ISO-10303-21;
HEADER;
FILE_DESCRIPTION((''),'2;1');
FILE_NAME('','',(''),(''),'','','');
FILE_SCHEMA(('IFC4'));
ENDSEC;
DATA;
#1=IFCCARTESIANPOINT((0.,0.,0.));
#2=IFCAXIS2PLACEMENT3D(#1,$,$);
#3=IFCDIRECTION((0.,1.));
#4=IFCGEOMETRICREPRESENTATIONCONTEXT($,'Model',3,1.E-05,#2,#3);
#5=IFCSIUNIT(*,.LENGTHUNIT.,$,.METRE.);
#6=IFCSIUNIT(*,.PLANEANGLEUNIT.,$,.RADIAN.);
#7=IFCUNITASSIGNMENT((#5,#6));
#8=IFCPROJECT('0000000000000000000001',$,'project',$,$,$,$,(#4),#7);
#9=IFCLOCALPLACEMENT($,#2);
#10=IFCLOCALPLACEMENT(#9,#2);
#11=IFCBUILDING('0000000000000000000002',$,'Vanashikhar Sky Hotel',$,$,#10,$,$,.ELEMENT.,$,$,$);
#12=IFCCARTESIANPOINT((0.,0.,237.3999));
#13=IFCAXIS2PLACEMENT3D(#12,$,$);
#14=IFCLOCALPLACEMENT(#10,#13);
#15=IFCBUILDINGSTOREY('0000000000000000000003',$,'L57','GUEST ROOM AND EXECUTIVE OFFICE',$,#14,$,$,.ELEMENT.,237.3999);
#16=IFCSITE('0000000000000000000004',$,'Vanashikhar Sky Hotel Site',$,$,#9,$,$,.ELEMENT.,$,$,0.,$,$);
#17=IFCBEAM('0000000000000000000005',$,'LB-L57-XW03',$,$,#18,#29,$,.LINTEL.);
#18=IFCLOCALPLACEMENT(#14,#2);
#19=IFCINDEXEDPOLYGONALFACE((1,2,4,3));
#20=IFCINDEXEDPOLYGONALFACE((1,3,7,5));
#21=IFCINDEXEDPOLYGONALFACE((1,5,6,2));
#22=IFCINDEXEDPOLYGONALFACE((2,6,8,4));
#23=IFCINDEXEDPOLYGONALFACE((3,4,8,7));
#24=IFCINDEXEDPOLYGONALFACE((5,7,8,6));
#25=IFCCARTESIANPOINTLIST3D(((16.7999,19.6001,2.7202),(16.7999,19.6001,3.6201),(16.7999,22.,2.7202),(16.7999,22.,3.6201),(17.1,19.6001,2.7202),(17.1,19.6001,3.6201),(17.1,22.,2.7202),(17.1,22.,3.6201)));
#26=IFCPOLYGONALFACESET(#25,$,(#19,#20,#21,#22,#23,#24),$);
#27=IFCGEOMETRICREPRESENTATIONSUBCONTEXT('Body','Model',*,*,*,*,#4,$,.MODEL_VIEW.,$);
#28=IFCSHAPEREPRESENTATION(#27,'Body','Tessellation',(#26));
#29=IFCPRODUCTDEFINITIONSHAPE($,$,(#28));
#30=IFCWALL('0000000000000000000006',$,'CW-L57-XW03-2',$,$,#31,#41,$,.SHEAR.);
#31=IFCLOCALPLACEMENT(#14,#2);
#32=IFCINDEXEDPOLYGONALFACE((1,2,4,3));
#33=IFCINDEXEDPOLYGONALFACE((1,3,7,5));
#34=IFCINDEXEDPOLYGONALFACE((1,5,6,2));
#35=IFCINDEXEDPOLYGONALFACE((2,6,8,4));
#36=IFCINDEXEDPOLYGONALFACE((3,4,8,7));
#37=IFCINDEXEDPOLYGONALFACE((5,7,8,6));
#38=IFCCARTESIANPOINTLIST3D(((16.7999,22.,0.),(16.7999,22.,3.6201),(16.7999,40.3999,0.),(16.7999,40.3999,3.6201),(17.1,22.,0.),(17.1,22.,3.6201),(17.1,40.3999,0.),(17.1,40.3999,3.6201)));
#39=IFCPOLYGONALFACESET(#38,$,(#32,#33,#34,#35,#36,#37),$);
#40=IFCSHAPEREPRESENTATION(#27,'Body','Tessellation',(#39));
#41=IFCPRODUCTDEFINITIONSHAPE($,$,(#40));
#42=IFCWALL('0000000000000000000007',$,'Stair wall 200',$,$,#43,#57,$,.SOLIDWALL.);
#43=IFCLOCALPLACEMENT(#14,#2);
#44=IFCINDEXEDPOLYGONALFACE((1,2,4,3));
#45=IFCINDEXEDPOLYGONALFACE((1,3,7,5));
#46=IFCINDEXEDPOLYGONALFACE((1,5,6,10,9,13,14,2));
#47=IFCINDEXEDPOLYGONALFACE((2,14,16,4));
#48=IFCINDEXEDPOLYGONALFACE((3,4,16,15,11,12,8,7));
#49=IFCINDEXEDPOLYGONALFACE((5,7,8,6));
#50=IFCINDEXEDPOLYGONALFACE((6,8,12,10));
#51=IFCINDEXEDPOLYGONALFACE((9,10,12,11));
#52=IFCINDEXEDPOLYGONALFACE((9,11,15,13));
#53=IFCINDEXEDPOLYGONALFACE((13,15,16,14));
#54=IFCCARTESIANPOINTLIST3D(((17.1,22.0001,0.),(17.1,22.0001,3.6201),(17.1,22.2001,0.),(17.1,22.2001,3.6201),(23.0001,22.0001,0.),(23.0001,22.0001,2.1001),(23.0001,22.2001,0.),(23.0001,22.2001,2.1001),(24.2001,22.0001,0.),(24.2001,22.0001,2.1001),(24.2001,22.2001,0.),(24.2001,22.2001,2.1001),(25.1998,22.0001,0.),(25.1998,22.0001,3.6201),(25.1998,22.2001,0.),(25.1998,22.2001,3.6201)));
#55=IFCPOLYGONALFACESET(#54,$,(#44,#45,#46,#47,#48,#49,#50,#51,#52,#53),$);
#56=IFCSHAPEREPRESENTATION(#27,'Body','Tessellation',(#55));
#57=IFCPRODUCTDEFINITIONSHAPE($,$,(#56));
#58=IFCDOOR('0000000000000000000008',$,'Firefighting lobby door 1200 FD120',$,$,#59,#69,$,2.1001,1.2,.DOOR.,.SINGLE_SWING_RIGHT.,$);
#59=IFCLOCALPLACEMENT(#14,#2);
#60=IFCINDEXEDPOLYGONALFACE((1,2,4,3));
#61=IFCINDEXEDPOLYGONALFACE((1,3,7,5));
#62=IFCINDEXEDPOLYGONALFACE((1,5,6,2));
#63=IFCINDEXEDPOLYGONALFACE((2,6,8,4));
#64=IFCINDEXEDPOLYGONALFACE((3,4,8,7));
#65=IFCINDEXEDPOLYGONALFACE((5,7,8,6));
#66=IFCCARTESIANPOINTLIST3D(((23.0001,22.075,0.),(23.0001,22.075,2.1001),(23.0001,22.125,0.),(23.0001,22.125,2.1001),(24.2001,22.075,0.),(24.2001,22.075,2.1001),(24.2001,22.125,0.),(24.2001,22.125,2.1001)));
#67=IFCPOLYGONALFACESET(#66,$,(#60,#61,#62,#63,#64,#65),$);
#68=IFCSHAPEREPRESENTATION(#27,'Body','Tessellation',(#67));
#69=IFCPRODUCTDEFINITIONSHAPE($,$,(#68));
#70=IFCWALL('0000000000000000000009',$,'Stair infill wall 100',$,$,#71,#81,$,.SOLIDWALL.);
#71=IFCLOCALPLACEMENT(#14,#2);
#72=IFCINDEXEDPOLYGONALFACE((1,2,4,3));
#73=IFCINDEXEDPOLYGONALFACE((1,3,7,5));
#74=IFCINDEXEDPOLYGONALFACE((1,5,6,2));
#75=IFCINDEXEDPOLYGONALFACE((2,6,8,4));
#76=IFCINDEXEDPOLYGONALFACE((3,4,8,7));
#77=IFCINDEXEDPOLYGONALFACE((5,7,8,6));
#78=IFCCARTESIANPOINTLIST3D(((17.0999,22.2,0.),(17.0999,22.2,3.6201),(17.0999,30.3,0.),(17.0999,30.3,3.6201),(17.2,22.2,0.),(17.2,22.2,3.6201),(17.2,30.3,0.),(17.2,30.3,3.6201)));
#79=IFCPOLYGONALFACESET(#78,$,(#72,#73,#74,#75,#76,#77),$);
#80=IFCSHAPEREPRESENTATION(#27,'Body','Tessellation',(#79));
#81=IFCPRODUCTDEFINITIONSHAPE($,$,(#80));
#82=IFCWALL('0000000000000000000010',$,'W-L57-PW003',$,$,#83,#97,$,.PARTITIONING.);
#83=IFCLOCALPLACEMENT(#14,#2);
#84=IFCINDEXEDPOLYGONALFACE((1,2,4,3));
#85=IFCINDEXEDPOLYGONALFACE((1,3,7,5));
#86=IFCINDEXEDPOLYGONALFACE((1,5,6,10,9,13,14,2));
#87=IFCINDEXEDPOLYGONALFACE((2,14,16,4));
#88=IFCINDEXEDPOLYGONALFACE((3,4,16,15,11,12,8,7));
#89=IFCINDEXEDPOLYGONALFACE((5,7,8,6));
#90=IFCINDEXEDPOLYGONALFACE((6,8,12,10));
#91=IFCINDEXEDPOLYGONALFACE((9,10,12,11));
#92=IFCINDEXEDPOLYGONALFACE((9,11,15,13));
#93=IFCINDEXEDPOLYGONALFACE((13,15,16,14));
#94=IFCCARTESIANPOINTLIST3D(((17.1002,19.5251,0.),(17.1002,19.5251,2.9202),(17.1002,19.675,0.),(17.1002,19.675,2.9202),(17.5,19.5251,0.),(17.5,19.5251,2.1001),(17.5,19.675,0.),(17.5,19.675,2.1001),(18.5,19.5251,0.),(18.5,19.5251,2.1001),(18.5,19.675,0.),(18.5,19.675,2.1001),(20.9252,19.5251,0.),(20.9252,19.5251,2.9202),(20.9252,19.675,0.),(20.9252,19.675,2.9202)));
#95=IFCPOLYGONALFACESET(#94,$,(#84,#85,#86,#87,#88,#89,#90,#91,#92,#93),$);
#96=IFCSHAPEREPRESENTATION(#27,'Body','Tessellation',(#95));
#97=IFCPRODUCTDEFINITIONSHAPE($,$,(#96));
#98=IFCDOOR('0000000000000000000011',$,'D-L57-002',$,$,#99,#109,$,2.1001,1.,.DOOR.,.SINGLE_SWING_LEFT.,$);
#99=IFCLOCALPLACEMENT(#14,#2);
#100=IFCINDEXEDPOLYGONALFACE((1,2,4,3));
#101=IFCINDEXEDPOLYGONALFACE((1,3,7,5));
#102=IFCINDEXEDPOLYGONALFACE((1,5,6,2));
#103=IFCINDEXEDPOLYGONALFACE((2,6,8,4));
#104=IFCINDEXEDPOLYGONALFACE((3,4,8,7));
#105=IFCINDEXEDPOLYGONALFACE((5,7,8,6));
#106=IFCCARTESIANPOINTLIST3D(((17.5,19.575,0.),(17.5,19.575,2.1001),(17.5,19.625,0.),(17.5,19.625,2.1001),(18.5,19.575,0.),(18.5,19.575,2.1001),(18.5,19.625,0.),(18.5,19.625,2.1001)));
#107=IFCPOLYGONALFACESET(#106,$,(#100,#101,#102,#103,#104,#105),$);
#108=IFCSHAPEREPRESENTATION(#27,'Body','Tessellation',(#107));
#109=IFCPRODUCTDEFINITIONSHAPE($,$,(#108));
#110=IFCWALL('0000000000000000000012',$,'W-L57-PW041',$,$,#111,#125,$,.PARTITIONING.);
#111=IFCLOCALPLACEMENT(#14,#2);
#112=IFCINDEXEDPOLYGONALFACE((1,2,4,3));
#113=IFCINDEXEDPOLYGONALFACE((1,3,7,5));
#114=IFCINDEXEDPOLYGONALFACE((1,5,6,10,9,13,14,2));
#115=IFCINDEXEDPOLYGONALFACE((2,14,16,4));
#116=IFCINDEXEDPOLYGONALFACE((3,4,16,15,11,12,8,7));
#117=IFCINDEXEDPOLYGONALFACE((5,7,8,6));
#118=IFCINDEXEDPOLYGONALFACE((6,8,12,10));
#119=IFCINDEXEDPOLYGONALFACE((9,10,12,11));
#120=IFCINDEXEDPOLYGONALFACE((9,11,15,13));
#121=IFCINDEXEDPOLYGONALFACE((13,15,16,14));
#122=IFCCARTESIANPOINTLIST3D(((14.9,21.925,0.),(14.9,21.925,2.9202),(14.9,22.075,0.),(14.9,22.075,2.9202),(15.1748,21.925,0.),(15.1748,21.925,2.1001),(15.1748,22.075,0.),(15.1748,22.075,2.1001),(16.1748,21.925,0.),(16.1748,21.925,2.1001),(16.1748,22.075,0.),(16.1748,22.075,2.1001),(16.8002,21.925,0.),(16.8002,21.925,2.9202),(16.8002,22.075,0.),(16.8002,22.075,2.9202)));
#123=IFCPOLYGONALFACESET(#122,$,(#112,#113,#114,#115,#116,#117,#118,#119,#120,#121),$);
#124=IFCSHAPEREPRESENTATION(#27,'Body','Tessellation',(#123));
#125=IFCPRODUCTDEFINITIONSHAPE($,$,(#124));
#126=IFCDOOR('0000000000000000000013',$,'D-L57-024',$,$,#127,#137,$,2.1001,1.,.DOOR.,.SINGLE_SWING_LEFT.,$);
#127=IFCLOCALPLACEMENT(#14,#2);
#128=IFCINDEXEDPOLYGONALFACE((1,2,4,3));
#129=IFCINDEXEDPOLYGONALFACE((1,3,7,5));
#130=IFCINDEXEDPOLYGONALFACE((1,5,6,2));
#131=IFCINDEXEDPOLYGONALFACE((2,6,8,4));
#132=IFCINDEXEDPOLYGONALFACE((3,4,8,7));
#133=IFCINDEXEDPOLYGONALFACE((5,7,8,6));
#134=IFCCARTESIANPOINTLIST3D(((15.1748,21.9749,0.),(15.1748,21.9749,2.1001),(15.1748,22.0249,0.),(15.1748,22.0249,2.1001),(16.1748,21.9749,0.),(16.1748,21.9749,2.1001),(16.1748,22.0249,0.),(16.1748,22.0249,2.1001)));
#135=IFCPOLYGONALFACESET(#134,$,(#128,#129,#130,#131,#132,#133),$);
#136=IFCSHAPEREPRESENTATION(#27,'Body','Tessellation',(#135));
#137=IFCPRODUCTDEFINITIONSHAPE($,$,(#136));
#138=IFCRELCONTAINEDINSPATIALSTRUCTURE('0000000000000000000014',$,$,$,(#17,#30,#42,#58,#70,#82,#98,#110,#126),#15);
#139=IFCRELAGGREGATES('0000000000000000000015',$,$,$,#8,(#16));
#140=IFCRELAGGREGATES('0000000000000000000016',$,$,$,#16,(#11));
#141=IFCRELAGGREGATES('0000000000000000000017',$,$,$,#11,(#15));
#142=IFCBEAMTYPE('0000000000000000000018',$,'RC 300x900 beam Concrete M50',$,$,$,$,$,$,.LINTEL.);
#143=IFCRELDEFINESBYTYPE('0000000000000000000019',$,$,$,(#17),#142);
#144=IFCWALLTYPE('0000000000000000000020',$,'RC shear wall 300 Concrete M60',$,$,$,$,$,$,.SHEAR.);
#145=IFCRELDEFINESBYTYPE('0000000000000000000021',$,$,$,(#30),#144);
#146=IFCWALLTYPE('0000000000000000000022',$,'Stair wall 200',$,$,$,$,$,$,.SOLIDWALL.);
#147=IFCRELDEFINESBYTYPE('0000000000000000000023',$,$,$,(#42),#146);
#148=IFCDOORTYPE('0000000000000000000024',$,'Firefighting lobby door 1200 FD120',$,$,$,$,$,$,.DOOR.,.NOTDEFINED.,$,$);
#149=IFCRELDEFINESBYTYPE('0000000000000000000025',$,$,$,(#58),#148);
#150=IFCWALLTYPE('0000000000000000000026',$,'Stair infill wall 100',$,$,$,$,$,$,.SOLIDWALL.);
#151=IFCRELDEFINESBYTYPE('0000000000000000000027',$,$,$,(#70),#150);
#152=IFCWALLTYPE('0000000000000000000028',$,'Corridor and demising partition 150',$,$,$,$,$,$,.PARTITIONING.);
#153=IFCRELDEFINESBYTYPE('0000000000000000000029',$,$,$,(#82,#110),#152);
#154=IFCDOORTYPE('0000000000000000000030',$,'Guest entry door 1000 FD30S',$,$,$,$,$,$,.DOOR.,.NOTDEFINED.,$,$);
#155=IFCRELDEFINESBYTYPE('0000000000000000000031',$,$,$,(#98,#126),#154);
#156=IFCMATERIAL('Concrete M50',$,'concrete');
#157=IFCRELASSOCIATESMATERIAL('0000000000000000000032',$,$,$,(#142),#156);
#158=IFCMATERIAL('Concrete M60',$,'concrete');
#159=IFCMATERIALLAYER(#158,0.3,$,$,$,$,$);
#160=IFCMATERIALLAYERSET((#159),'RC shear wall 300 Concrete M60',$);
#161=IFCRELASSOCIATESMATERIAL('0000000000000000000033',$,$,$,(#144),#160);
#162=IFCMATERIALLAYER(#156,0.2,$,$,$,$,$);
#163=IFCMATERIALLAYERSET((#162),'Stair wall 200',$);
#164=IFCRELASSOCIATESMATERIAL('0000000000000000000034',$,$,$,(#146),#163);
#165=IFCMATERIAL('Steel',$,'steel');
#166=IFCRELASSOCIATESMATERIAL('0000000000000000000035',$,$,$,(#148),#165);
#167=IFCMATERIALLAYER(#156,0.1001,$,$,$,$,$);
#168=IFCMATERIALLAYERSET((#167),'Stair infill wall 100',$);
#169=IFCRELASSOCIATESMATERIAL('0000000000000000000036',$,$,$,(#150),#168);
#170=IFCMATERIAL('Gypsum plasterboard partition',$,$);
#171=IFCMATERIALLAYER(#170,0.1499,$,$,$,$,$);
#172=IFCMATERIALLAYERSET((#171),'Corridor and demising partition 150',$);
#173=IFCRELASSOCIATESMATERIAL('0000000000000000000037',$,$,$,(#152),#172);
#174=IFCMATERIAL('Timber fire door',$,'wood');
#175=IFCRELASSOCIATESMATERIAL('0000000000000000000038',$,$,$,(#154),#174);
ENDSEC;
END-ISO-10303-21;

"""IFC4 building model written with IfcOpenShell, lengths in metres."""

from ifc_helpers import new_model, si_unit, direction, frame, frame_2d, origin, origin_2d, place, context, subcontext, project, spatial, rectangle, extrude, source, transform, mapped, material, layer, layer_set, material_profile, profile_set, type_object, element, fill, save


model = new_model("IFC4")

# Units and contexts
model_context = context("Model", 3, precision=1e-05, world=origin(), true_north=direction((0.0, 1.0)))
body_context = subcontext(model_context, "Body", "Model", "MODEL_VIEW")
ifc_project = project(units=[si_unit("LENGTHUNIT", "METRE"), si_unit("PLANEANGLEUNIT", "RADIAN")], contexts=[model_context])

# Site, building, storey
site_placement = place(None, origin())
site = spatial("IfcSite", under=ifc_project, at=site_placement, Name="Vanashikhar Sky Hotel Site", CompositionType="ELEMENT", RefElevation=0.0)
building_placement = place(site_placement, origin())
building = spatial("IfcBuilding", under=site, at=building_placement, Name="Vanashikhar Sky Hotel", CompositionType="ELEMENT")
storey_placement = place(building_placement, frame((0.0, 0.0, 237.3999)))
storey = spatial("IfcBuildingStorey", under=building, at=storey_placement, Name="L57", Description="GUEST ROOM AND EXECUTIVE OFFICE", CompositionType="ELEMENT", Elevation=237.3999)

# Beam
ifc_material_1 = material(Name="Concrete M50", Category="concrete")
ifc_material_profile = material_profile(ifc_material_1, rectangle(XDim=0.3, YDim=0.8999, at=origin_2d()))
ifc_profile_set = profile_set([ifc_material_profile], Name="RC 300x900 beam Concrete M50")
beam_type = type_object("IfcBeamType", Name="RC 300x900 beam Concrete M50", PredefinedType="LINTEL", material=ifc_profile_set)
shared_shape_1 = source(origin(), body_context, "Body", "SweptSolid", [
    extrude(rectangle(XDim=0.3, YDim=0.8999, at=origin_2d()), origin(), (0.0, 0.0, 1.0), 2.3999),
])
beam_placement = place(storey_placement, frame((16.95, 19.6001, 3.1702), z_axis=(0.0, 1.0, 0.0), x_axis=(-1.0, 0.0, 0.0)))
element("IfcBeam", 1, at=beam_placement, inside=storey, type_object=beam_type, Name="LB-L57-XW03", PredefinedType="LINTEL", context=body_context, shape_type="MappedRepresentation", body=[
    mapped(shared_shape_1, transform((0.0, 0.0, 0.0), scale=1.0)),
])

# Wall
ifc_material_2 = material(Name="Concrete M60", Category="concrete")
ifc_layer_1 = layer(ifc_material_2, 0.3)
ifc_layer_set_1 = layer_set([ifc_layer_1], Name="RC shear wall 300 Concrete M60")
wall_type_1 = type_object("IfcWallType", Name="RC shear wall 300 Concrete M60", PredefinedType="SHEAR", material=ifc_layer_set_1)
shared_shape_2 = source(origin(), body_context, "Body", "SweptSolid", [
    extrude(rectangle(XDim=18.3999, YDim=0.3, at=frame_2d((9.2, 0.0))), origin(), (0.0, 0.0, 1.0), 3.6201),
])
wall_1_placement = place(storey_placement, frame((16.95, 22.0, 0.0), z_axis=(0.0, 0.0, 1.0), x_axis=(0.0, 1.0, 0.0)))
element("IfcWall", 2, at=wall_1_placement, inside=storey, type_object=wall_type_1, Name="CW-L57-XW03-2", PredefinedType="SHEAR", context=body_context, shape_type="MappedRepresentation", body=[
    mapped(shared_shape_2, transform((0.0, 0.0, 0.0), scale=1.0)),
])

# Wall, opening, door
ifc_layer_2 = layer(ifc_material_1, 0.2)
ifc_layer_set_2 = layer_set([ifc_layer_2], Name="Stair wall 200")
wall_type_2 = type_object("IfcWallType", Name="Stair wall 200", PredefinedType="SOLIDWALL", material=ifc_layer_set_2)
shared_shape_3 = source(origin(), body_context, "Body", "SweptSolid", [
    extrude(rectangle(XDim=8.0999, YDim=0.2, at=frame_2d((4.0498, 0.0))), origin(), (0.0, 0.0, 1.0), 3.6201),
])
wall_2_placement = place(storey_placement, frame((17.1001, 22.1001, 0.0), z_axis=(0.0, 0.0, 1.0), x_axis=(1.0, 0.0, 0.0)))
wall_2 = element("IfcWall", 3, at=wall_2_placement, inside=storey, type_object=wall_type_2, Name="Stair wall 200", PredefinedType="SOLIDWALL", context=body_context, shape_type="MappedRepresentation", body=[
    mapped(shared_shape_3, transform((0.0, 0.0, 0.0), scale=1.0)),
])
shared_shape_4 = source(origin(), body_context, "Body", "SweptSolid", [
    extrude(rectangle(XDim=1.2, YDim=2.1001, at=frame_2d((0.6001, 1.05))), frame((0.0, 0.1099, 0.0), z_axis=(0.0, -1.0, 0.0), x_axis=(1.0, 0.0, 0.0)), (0.0, 0.0, 1.0), 0.22),
])
opening_1_placement = place(wall_2_placement, frame((5.8999, 0.0, 0.0)))
opening_1 = element("IfcOpeningElement", 4, at=opening_1_placement, cuts=wall_2, PredefinedType="OPENING", context=body_context, shape_type="MappedRepresentation", body=[
    mapped(shared_shape_4, transform((0.0, 0.0, 0.0), scale=1.0)),
])
ifc_material_3 = material(Name="Steel", Category="steel")
door_type_1 = type_object("IfcDoorType", Name="Firefighting lobby door 1200 FD120", OperationType="NOTDEFINED", PredefinedType="DOOR", material=ifc_material_3)
shared_shape_5 = source(origin(), body_context, "Body", "SweptSolid", [
    extrude(rectangle(XDim=1.2, YDim=2.1001, at=frame_2d((0.6001, 1.05))), frame((0.0, 0.0249, 0.0), z_axis=(0.0, -1.0, 0.0), x_axis=(1.0, 0.0, 0.0)), (0.0, 0.0, 1.0), 0.05),
])
door_1_placement = place(opening_1_placement, origin())
door_1 = element("IfcDoor", 5, at=door_1_placement, inside=storey, type_object=door_type_1, Name="Firefighting lobby door 1200 FD120", OperationType="SINGLE_SWING_RIGHT", OverallHeight=2.1001, OverallWidth=1.2, PredefinedType="DOOR", context=body_context, shape_type="MappedRepresentation", body=[
    mapped(shared_shape_5, transform((0.0, 0.0, 0.0), scale=1.0)),
])
fill(opening_1, door_1)

# Wall
ifc_layer_3 = layer(ifc_material_1, 0.1001)
ifc_layer_set_3 = layer_set([ifc_layer_3], Name="Stair infill wall 100")
wall_type_3 = type_object("IfcWallType", Name="Stair infill wall 100", PredefinedType="SOLIDWALL", material=ifc_layer_set_3)
shared_shape_6 = source(origin(), body_context, "Body", "SweptSolid", [
    extrude(rectangle(XDim=8.1001, YDim=0.1001, at=frame_2d((4.05, 0.0))), origin(), (0.0, 0.0, 1.0), 3.6201),
])
wall_3_placement = place(storey_placement, frame((17.1499, 22.2, 0.0), z_axis=(0.0, 0.0, 1.0), x_axis=(0.0, 1.0, 0.0)))
element("IfcWall", 6, at=wall_3_placement, inside=storey, type_object=wall_type_3, Name="Stair infill wall 100", PredefinedType="SOLIDWALL", context=body_context, shape_type="MappedRepresentation", body=[
    mapped(shared_shape_6, transform((0.0, 0.0, 0.0), scale=1.0)),
])

# Walls, openings, doors
ifc_material_4 = material(Name="Gypsum plasterboard partition")
ifc_layer_4 = layer(ifc_material_4, 0.1499)
ifc_layer_set_4 = layer_set([ifc_layer_4], Name="Corridor and demising partition 150")
wall_type_4 = type_object("IfcWallType", Name="Corridor and demising partition 150", PredefinedType="PARTITIONING", material=ifc_layer_set_4)
shared_shape_7 = source(origin(), body_context, "Body", "SweptSolid", [
    extrude(rectangle(XDim=3.825, YDim=0.1499, at=frame_2d((1.9126, 0.0))), origin(), (0.0, 0.0, 1.0), 2.9202),
])
wall_4_placement = place(storey_placement, frame((17.1001, 19.6001, 0.0), z_axis=(0.0, 0.0, 1.0), x_axis=(1.0, 0.0, 0.0)))
wall_4 = element("IfcWall", 7, at=wall_4_placement, inside=storey, type_object=wall_type_4, Name="W-L57-PW003", PredefinedType="PARTITIONING", context=body_context, shape_type="MappedRepresentation", body=[
    mapped(shared_shape_7, transform((0.0, 0.0, 0.0), scale=1.0)),
])
shared_shape_8 = source(origin(), body_context, "Body", "SweptSolid", [
    extrude(rectangle(XDim=1.0, YDim=2.1001, at=frame_2d((0.5, 1.05))), frame((0.0, 0.085, 0.0), z_axis=(0.0, -1.0, 0.0), x_axis=(1.0, 0.0, 0.0)), (0.0, 0.0, 1.0), 0.1699),
])
opening_2_placement = place(wall_4_placement, frame((0.3999, 0.0, 0.0)))
opening_2 = element("IfcOpeningElement", 8, at=opening_2_placement, cuts=wall_4, PredefinedType="OPENING", context=body_context, shape_type="MappedRepresentation", body=[
    mapped(shared_shape_8, transform((0.0, 0.0, 0.0), scale=1.0)),
])
ifc_material_5 = material(Name="Timber fire door", Category="wood")
door_type_2 = type_object("IfcDoorType", Name="Guest entry door 1000 FD30S", OperationType="NOTDEFINED", PredefinedType="DOOR", material=ifc_material_5)
shared_shape_9 = source(origin(), body_context, "Body", "SweptSolid", [
    extrude(rectangle(XDim=1.0, YDim=2.1001, at=frame_2d((0.5, 1.05))), frame((0.0, 0.0249, 0.0), z_axis=(0.0, -1.0, 0.0), x_axis=(1.0, 0.0, 0.0)), (0.0, 0.0, 1.0), 0.05),
])
door_2_placement = place(opening_2_placement, origin())
door_2 = element("IfcDoor", 9, at=door_2_placement, inside=storey, type_object=door_type_2, Name="D-L57-002", OperationType="SINGLE_SWING_LEFT", OverallHeight=2.1001, OverallWidth=1.0, PredefinedType="DOOR", context=body_context, shape_type="MappedRepresentation", body=[
    mapped(shared_shape_9, transform((0.0, 0.0, 0.0), scale=1.0)),
])
fill(opening_2, door_2)
shared_shape_10 = source(origin(), body_context, "Body", "SweptSolid", [
    extrude(rectangle(XDim=1.9001, YDim=0.1499, at=frame_2d((0.9502, 0.0))), origin(), (0.0, 0.0, 1.0), 2.9202),
])
wall_5_placement = place(storey_placement, frame((14.8999, 22.0, 0.0), z_axis=(0.0, 0.0, 1.0), x_axis=(1.0, 0.0, 0.0)))
wall_5 = element("IfcWall", 10, at=wall_5_placement, inside=storey, type_object=wall_type_4, Name="W-L57-PW041", PredefinedType="PARTITIONING", context=body_context, shape_type="MappedRepresentation", body=[
    mapped(shared_shape_10, transform((0.0, 0.0, 0.0), scale=1.0)),
])
opening_3_placement = place(wall_5_placement, frame((0.2749, 0.0, 0.0)))
opening_3 = element("IfcOpeningElement", 11, at=opening_3_placement, cuts=wall_5, PredefinedType="OPENING", context=body_context, shape_type="MappedRepresentation", body=[
    mapped(shared_shape_8, transform((0.0, 0.0, 0.0), scale=1.0)),
])
door_3_placement = place(opening_3_placement, origin())
door_3 = element("IfcDoor", 12, at=door_3_placement, inside=storey, type_object=door_type_2, Name="D-L57-024", OperationType="SINGLE_SWING_LEFT", OverallHeight=2.1001, OverallWidth=1.0, PredefinedType="DOOR", context=body_context, shape_type="MappedRepresentation", body=[
    mapped(shared_shape_9, transform((0.0, 0.0, 0.0), scale=1.0)),
])
fill(opening_3, door_3)

save(model, "model.ifc")
